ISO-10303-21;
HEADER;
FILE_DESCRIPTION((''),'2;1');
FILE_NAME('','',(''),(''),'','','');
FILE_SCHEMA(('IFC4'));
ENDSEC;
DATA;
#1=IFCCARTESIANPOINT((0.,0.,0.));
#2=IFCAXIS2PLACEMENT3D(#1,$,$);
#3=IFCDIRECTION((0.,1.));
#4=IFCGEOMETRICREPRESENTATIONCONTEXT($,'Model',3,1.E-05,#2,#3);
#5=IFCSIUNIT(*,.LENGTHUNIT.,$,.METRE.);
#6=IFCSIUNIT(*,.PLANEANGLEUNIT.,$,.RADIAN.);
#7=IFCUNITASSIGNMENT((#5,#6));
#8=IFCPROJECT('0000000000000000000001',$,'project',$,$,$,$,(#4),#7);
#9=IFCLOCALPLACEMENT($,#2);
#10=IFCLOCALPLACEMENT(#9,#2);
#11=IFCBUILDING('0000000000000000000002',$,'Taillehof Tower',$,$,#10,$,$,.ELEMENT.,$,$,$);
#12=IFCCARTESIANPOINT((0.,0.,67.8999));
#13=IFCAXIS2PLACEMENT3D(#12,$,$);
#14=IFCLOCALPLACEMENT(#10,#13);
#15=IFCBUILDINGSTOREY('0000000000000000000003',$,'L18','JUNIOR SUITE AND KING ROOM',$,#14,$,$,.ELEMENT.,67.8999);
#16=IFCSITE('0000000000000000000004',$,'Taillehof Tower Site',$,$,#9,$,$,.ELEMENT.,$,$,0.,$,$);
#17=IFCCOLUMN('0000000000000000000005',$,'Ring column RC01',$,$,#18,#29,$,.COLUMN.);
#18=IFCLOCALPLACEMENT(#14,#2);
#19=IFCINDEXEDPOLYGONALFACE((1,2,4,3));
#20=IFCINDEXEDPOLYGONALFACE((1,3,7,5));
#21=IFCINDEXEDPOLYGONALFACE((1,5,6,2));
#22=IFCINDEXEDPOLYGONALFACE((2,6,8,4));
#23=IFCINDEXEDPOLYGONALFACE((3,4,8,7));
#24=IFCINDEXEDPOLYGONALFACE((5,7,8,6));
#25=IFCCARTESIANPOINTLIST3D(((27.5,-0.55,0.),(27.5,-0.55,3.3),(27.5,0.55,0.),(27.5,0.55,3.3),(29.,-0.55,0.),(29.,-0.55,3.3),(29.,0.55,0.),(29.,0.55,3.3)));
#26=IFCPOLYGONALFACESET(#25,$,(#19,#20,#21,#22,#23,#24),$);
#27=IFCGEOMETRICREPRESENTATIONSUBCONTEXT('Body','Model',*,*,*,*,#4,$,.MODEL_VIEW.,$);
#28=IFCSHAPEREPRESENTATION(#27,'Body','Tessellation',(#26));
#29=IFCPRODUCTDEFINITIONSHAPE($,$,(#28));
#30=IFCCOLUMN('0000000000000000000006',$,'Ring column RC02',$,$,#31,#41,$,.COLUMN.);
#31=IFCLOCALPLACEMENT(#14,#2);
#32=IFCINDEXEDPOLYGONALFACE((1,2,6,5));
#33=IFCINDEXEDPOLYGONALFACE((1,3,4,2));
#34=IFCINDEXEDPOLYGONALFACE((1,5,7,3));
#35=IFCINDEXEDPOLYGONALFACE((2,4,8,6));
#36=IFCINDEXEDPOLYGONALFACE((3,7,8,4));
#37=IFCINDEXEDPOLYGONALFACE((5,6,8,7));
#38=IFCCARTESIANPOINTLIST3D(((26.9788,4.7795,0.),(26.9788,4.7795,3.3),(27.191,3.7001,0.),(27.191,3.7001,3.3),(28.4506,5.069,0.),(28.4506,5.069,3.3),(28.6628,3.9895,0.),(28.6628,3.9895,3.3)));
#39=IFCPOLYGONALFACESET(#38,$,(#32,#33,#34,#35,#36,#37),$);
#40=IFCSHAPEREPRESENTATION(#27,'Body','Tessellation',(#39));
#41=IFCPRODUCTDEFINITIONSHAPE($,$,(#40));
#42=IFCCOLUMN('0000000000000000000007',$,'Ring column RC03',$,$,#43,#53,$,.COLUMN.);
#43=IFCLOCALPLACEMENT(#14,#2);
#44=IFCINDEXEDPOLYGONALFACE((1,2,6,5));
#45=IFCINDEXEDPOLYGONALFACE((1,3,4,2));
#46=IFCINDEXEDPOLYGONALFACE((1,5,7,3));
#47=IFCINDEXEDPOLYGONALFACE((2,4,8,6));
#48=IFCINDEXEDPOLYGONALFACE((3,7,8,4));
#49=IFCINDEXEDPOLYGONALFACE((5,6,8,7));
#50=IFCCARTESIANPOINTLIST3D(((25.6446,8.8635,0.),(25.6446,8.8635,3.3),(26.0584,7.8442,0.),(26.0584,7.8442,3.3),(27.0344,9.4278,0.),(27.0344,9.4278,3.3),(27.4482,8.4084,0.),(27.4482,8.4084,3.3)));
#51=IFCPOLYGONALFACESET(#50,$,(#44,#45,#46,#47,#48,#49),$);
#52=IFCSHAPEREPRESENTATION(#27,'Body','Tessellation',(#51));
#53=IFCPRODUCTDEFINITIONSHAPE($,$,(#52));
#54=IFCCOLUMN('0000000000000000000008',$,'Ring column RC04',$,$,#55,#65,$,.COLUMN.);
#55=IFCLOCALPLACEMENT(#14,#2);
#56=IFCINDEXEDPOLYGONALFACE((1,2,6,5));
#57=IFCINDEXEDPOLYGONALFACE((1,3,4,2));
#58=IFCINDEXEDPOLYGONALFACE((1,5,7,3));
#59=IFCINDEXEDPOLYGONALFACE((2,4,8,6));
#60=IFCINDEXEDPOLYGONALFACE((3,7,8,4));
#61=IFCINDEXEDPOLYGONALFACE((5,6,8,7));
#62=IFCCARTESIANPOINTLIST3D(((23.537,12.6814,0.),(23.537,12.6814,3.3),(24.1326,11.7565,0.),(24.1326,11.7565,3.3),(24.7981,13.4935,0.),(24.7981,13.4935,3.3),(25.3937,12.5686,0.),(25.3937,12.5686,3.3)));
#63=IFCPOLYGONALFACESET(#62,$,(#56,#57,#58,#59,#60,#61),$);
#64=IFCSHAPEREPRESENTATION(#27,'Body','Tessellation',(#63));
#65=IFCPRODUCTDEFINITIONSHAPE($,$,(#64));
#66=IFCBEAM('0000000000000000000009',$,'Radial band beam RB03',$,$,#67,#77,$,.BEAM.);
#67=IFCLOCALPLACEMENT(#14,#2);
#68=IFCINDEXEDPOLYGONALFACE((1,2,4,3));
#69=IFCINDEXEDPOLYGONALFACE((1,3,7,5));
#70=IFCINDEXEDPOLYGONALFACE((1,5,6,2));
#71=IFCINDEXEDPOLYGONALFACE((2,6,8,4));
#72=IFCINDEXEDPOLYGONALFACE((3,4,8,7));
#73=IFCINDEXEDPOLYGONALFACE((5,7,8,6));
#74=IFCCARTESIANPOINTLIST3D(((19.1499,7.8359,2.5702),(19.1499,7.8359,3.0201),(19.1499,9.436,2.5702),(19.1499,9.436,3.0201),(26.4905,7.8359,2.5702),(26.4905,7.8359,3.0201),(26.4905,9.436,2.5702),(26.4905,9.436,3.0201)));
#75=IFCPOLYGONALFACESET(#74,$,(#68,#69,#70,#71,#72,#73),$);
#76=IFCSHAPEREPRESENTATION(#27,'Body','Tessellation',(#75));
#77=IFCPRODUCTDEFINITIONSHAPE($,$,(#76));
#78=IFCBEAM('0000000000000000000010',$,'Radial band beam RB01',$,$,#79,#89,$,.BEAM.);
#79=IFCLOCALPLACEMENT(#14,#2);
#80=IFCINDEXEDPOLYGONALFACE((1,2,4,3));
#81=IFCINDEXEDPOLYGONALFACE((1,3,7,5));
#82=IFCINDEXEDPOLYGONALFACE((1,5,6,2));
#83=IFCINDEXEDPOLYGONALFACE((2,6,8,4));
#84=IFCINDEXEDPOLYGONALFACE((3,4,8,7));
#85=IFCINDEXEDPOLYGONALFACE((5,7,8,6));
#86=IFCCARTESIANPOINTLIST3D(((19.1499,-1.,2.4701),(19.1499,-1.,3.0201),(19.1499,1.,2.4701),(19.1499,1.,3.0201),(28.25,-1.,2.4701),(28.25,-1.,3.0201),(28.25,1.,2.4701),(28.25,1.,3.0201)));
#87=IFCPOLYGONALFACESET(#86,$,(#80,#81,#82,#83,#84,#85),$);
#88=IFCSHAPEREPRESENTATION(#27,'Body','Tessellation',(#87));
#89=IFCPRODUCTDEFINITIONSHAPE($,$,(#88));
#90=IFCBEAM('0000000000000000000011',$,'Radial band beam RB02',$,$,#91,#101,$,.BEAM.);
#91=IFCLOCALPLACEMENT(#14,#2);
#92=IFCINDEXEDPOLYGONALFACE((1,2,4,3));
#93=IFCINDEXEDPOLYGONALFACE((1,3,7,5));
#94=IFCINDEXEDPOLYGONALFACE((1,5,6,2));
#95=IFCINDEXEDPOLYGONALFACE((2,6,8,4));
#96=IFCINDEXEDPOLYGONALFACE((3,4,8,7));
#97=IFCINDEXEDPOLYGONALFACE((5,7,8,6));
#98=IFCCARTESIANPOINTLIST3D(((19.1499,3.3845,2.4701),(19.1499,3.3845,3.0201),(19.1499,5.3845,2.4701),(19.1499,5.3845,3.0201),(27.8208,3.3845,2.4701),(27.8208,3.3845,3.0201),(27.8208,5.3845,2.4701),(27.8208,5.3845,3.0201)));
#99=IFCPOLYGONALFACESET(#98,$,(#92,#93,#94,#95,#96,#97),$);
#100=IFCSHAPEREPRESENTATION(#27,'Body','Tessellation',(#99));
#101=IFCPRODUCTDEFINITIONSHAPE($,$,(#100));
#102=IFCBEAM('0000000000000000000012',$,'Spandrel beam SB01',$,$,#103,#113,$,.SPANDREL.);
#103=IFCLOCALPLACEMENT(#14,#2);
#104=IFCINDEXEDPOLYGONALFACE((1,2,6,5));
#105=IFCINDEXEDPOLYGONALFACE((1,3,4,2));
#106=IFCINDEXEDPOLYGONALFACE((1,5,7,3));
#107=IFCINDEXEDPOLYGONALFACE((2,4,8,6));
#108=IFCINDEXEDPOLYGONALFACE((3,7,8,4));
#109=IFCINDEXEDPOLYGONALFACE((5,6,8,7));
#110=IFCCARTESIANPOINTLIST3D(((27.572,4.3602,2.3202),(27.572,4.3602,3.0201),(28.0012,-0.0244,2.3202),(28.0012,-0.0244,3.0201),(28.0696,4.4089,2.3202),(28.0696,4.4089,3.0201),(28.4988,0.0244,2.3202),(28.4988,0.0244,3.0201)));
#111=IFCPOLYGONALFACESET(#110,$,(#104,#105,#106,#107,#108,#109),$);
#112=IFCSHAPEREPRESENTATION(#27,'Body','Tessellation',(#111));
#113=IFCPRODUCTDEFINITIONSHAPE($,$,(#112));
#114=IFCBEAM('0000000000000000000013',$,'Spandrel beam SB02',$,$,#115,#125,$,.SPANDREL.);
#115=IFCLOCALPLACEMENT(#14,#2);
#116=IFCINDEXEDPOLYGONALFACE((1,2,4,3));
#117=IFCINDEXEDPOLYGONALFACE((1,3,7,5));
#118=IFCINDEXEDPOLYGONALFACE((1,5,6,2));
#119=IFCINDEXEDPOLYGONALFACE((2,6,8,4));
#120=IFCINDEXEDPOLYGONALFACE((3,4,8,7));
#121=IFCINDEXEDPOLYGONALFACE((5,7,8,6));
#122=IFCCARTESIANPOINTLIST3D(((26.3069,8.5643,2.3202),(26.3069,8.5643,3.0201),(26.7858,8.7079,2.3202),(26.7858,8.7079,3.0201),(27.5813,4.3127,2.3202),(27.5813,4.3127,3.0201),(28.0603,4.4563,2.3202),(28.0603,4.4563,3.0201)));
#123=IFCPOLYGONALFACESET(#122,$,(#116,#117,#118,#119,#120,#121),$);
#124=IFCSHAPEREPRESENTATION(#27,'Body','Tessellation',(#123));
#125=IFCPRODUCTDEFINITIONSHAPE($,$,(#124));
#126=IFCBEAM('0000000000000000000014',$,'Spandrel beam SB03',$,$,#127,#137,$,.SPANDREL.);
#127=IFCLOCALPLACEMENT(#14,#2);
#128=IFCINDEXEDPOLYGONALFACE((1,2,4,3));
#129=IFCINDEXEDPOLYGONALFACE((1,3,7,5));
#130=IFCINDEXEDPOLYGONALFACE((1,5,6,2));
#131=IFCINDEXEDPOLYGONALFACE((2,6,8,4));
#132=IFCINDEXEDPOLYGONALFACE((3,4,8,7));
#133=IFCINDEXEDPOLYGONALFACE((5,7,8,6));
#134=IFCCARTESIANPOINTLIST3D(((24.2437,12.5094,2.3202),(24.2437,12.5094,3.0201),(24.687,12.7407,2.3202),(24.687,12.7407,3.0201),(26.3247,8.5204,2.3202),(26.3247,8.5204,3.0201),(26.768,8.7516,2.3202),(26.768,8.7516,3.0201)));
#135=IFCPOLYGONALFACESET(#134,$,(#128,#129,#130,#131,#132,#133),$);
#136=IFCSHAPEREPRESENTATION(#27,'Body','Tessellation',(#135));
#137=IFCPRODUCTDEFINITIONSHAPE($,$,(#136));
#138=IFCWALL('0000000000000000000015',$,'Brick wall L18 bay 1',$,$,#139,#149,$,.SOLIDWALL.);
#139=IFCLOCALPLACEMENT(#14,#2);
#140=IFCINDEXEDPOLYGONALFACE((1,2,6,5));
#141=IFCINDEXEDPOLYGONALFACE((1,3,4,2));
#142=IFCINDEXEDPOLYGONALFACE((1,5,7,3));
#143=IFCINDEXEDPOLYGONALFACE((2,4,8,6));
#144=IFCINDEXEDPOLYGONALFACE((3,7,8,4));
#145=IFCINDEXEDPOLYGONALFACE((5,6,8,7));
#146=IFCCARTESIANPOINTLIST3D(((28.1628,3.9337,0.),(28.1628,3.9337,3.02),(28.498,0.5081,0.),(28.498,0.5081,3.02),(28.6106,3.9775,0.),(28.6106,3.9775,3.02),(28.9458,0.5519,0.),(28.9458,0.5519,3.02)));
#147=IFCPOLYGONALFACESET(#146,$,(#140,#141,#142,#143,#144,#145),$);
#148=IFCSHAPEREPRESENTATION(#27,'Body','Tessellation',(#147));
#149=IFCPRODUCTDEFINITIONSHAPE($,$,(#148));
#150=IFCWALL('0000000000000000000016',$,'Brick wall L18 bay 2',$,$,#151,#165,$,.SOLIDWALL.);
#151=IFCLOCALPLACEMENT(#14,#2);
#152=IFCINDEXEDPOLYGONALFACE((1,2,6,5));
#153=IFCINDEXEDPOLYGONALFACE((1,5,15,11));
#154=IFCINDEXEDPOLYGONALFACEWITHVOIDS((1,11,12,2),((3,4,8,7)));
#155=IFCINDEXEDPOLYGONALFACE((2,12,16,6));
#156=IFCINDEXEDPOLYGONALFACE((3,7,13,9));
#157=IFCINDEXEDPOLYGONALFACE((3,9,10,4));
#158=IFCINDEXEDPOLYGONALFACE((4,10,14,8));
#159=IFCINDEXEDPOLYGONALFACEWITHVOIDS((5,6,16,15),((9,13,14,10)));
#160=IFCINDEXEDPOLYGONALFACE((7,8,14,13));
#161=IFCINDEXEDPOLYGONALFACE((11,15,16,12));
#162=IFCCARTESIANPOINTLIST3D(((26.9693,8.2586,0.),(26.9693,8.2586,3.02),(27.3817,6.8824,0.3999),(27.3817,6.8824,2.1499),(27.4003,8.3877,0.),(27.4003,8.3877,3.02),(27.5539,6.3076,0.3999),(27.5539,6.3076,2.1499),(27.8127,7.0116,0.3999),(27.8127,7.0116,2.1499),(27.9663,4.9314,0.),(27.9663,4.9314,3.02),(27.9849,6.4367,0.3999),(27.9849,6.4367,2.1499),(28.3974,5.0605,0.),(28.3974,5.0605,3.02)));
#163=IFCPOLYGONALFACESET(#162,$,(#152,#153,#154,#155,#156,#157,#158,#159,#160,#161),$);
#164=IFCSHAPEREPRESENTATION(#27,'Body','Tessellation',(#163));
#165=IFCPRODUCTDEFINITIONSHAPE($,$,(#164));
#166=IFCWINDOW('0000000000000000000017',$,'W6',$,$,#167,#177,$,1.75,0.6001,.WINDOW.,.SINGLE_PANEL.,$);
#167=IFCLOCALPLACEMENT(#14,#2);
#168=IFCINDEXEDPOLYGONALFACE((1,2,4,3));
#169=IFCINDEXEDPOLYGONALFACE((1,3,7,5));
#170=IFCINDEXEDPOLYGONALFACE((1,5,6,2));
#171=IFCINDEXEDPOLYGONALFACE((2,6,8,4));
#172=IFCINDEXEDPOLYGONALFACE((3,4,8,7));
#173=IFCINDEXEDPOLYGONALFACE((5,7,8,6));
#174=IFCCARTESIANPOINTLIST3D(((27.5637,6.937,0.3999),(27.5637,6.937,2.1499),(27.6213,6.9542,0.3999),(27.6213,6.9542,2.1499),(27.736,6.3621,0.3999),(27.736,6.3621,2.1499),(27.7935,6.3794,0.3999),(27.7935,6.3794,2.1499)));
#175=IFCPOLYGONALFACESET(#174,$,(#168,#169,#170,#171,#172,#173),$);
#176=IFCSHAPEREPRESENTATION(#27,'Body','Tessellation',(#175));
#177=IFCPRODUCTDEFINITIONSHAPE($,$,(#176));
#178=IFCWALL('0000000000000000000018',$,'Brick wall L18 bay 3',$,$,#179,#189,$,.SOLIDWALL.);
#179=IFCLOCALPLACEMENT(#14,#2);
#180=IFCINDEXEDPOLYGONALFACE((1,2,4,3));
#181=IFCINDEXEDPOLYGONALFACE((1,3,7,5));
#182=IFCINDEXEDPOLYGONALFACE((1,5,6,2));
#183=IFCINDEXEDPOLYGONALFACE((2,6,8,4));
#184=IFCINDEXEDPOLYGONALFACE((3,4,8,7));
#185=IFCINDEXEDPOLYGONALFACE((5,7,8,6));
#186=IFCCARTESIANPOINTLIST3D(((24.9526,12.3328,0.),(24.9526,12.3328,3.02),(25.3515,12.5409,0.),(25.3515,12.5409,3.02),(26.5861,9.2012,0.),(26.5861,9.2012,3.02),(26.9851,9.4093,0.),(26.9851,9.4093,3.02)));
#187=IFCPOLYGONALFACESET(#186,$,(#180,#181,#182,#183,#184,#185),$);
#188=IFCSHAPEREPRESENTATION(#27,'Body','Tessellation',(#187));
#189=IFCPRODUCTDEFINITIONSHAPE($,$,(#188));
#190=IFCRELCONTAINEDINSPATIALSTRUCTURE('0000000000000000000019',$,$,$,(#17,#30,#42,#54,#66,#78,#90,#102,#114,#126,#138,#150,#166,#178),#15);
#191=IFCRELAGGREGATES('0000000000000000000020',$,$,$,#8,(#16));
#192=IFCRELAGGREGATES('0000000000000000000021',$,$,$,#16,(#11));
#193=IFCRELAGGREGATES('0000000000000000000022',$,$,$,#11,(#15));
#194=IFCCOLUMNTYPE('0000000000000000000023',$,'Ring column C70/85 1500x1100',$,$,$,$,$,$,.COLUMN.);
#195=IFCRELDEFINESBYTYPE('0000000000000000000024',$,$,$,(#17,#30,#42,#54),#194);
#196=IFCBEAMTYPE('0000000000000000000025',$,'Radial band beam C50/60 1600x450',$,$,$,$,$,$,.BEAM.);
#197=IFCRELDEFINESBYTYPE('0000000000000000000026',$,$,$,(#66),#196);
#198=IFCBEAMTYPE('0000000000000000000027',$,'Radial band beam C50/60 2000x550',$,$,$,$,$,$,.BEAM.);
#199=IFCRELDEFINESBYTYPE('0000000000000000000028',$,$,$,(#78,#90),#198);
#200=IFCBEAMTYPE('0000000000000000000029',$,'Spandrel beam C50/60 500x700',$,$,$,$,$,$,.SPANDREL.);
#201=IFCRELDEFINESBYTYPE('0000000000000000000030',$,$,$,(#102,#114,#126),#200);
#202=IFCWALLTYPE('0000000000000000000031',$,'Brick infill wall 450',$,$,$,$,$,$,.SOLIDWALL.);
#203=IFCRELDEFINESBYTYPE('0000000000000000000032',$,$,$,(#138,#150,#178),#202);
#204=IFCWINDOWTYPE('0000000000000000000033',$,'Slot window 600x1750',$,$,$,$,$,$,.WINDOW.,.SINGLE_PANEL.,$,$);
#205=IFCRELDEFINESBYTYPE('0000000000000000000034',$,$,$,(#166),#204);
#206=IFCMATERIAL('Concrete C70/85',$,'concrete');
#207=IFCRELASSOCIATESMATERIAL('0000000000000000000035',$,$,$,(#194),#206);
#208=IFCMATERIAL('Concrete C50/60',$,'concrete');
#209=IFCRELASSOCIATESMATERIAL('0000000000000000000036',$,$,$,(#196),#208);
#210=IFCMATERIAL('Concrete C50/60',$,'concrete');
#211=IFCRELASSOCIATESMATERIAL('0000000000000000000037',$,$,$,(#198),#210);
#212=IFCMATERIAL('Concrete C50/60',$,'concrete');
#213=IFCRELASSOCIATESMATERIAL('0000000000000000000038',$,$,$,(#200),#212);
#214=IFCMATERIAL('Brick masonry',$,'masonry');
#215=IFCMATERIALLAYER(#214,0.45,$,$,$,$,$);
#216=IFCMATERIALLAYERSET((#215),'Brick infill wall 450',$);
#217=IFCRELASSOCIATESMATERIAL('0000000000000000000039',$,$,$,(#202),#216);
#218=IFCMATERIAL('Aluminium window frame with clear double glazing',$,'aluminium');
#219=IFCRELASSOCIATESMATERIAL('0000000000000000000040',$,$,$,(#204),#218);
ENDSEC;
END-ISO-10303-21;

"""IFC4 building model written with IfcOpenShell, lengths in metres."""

from ifc_helpers import new_model, si_unit, direction, frame, frame_2d, origin, origin_2d, place, context, subcontext, project, spatial, rectangle, extrude, material, layer, layer_set, material_profile, profile_set, type_object, element, fill, save


model = new_model("IFC4")

# Units and contexts
model_context = context("Model", 3, precision=1e-05, world=origin(), true_north=direction((0.0, 1.0)))
body_context = subcontext(model_context, "Body", "Model", "MODEL_VIEW")
ifc_project = project(units=[si_unit("LENGTHUNIT", "METRE"), si_unit("PLANEANGLEUNIT", "RADIAN")], contexts=[model_context])

# Site, building, storey
site_placement = place(None, origin())
site = spatial("IfcSite", under=ifc_project, at=site_placement, Name="Taillehof Tower Site", CompositionType="ELEMENT", RefElevation=0.0)
building_placement = place(site_placement, origin())
building = spatial("IfcBuilding", under=site, at=building_placement, Name="Taillehof Tower", CompositionType="ELEMENT")
storey_placement = place(building_placement, frame((0.0, 0.0, 67.8999)))
storey = spatial("IfcBuildingStorey", under=building, at=storey_placement, Name="L18", Description="JUNIOR SUITE AND KING ROOM", CompositionType="ELEMENT", Elevation=67.8999)

# Columns
ifc_material_1 = material(Name="Concrete C70/85", Category="concrete")
ifc_material_profile_1 = material_profile(ifc_material_1, rectangle(XDim=1.5, YDim=1.1001, at=origin_2d()), Name="RC 1500x1100")
ifc_profile_set_1 = profile_set([ifc_material_profile_1], Name="Concrete C70/85")
column_type = type_object("IfcColumnType", Name="Ring column C70/85 1500x1100", PredefinedType="COLUMN", material=ifc_profile_set_1)
for number, where, z_axis, x_axis, name in (
    (1, (28.25, 0.0, 0.0), (0.0, 0.0, 1.0), (1.0, 0.0, 0.0), "Ring column RC01"),
    (2, (27.8208, 4.3845, 0.0), (0.0, 0.0, 1.0), (0.981204, 0.192976, 0.0), "Ring column RC02"),
    (3, (26.5464, 8.636, 0.0), (0.0, 0.0, 1.0), (0.926558, 0.376152, 0.0), "Ring column RC03"),
    (4, (24.4653, 12.625, 0.0), (0.0, 0.0, 1.0), (0.840754, 0.541418, 0.0), "Ring column RC04"),
):
    element("IfcColumn", number, at=place(storey_placement, frame(where, z_axis=z_axis, x_axis=x_axis)), inside=storey, type_object=column_type, Name=name, PredefinedType="COLUMN", context=body_context, shape_type="SweptSolid", body=[
        extrude(rectangle(XDim=1.5, YDim=1.1001, at=origin_2d()), origin(), (0.0, 0.0, 1.0), 3.3),
    ])

# Beams
ifc_material_2 = material(Name="Concrete C50/60", Category="concrete")
ifc_material_profile_2 = material_profile(ifc_material_2, rectangle(XDim=1.6001, YDim=0.45, at=origin_2d()), Name="RC 1600x450")
ifc_profile_set_2 = profile_set([ifc_material_profile_2], Name="Concrete C50/60")
beam_type_1 = type_object("IfcBeamType", Name="Radial band beam C50/60 1600x450", PredefinedType="BEAM", material=ifc_profile_set_2)
beam_1_placement = place(storey_placement, frame((26.4905, 8.636, 2.7952), z_axis=(-1.0, 0.0, 0.0), x_axis=(0.0, -1.0, 0.0)))
element("IfcBeam", 5, at=beam_1_placement, inside=storey, type_object=beam_type_1, Name="Radial band beam RB03", PredefinedType="BEAM", context=body_context, shape_type="SweptSolid", body=[
    extrude(rectangle(XDim=1.6001, YDim=0.45, at=origin_2d()), origin(), (0.0, 0.0, 1.0), 7.3406),
])
ifc_material_3 = material(Name="Concrete C50/60", Category="concrete")
ifc_material_profile_3 = material_profile(ifc_material_3, rectangle(XDim=2.0, YDim=0.55, at=origin_2d()), Name="RC 2000x550")
ifc_profile_set_3 = profile_set([ifc_material_profile_3], Name="Concrete C50/60")
beam_type_2 = type_object("IfcBeamType", Name="Radial band beam C50/60 2000x550", PredefinedType="BEAM", material=ifc_profile_set_3)
beam_2_placement = place(storey_placement, frame((28.25, 0.0, 2.7451), z_axis=(-1.0, 0.0, 0.0), x_axis=(0.0, -1.0, 0.0)))
element("IfcBeam", 6, at=beam_2_placement, inside=storey, type_object=beam_type_2, Name="Radial band beam RB01", PredefinedType="BEAM", context=body_context, shape_type="SweptSolid", body=[
    extrude(rectangle(XDim=2.0, YDim=0.55, at=origin_2d()), origin(), (0.0, 0.0, 1.0), 9.1001),
])
beam_3_placement = place(storey_placement, frame((27.8208, 4.3845, 2.7451), z_axis=(-1.0, 0.0, 0.0), x_axis=(0.0, -1.0, 0.0)))
element("IfcBeam", 7, at=beam_3_placement, inside=storey, type_object=beam_type_2, Name="Radial band beam RB02", PredefinedType="BEAM", context=body_context, shape_type="SweptSolid", body=[
    extrude(rectangle(XDim=2.0, YDim=0.55, at=origin_2d()), origin(), (0.0, 0.0, 1.0), 8.6709),
])
ifc_material_4 = material(Name="Concrete C50/60", Category="concrete")
ifc_material_profile_4 = material_profile(ifc_material_4, rectangle(XDim=0.5, YDim=0.7, at=origin_2d()), Name="RC 500x700")
ifc_profile_set_4 = profile_set([ifc_material_profile_4], Name="Concrete C50/60")
beam_type_3 = type_object("IfcBeamType", Name="Spandrel beam C50/60 500x700", PredefinedType="SPANDREL", material=ifc_profile_set_4)
beam_4_placement = place(storey_placement, frame((28.25, 0.0, 2.6702), z_axis=(-0.097424, 0.995243, 0.0), x_axis=(-0.995243, -0.097424, 0.0)))
element("IfcBeam", 8, at=beam_4_placement, inside=storey, type_object=beam_type_3, Name="Spandrel beam SB01", PredefinedType="SPANDREL", context=body_context, shape_type="SweptSolid", body=[
    extrude(rectangle(XDim=0.5, YDim=0.7, at=origin_2d()), origin(), (0.0, 0.0, 1.0), 4.4055),
])
beam_5_placement = place(storey_placement, frame((27.8208, 4.3845, 2.6702), z_axis=(-0.287136, 0.95789, 0.0), x_axis=(-0.95789, -0.287136, 0.0)))
element("IfcBeam", 9, at=beam_5_placement, inside=storey, type_object=beam_type_3, Name="Spandrel beam SB02", PredefinedType="SPANDREL", context=body_context, shape_type="SweptSolid", body=[
    extrude(rectangle(XDim=0.5, YDim=0.7, at=origin_2d()), origin(), (0.0, 0.0, 1.0), 4.4385),
])
beam_6_placement = place(storey_placement, frame((26.5464, 8.636, 2.6702), z_axis=(-0.462536, 0.8866, 0.0), x_axis=(-0.8866, -0.462536, 0.0)))
element("IfcBeam", 10, at=beam_6_placement, inside=storey, type_object=beam_type_3, Name="Spandrel beam SB03", PredefinedType="SPANDREL", context=body_context, shape_type="SweptSolid", body=[
    extrude(rectangle(XDim=0.5, YDim=0.7, at=origin_2d()), origin(), (0.0, 0.0, 1.0), 4.4993),
])

# Wall
ifc_material_5 = material(Name="Brick masonry", Category="masonry")
ifc_layer_1 = layer(ifc_material_5, 0.45)
ifc_layer_set_1 = layer_set([ifc_layer_1], Name="Brick infill wall 450")
wall_type_1 = type_object("IfcWallType", Name="Brick infill wall 450", PredefinedType="SOLIDWALL", material=ifc_layer_set_1)
wall_1_placement = place(storey_placement, frame((28.7219, 0.53, 0.0), z_axis=(0.0, 0.0, 1.0), x_axis=(-0.09739, 0.995246, 0.0)))
element("IfcWall", 11, at=wall_1_placement, inside=storey, type_object=wall_type_1, Name="Brick wall L18 bay 1", PredefinedType="SOLIDWALL", context=body_context, shape_type="SweptSolid", body=[
    extrude(rectangle(XDim=3.4419, YDim=0.45, at=frame_2d((1.7209, 0.0))), origin(), (0.0, 0.0, 1.0), 3.02),
])

# Wall, opening, window
wall_2_placement = place(storey_placement, frame((28.1819, 4.9958, 0.0), z_axis=(0.0, 0.0, 1.0), x_axis=(-0.287064, 0.957911, 0.0)))
wall_2 = element("IfcWall", 12, at=wall_2_placement, inside=storey, type_object=wall_type_1, Name="Brick wall L18 bay 2", PredefinedType="SOLIDWALL", context=body_context, shape_type="SweptSolid", body=[
    extrude(rectangle(XDim=3.4734, YDim=0.45, at=frame_2d((1.7368, 0.0))), origin(), (0.0, 0.0, 1.0), 3.02),
])
opening_1_placement = place(wall_2_placement, frame((1.4368, 0.0, 0.3999)))
opening_1 = element("IfcOpeningElement", 13, at=opening_1_placement, cuts=wall_2, PredefinedType="OPENING", context=body_context, shape_type="SweptSolid", body=[
    extrude(rectangle(XDim=0.6001, YDim=1.75, at=frame_2d((0.3, 0.875))), frame((0.0, 0.2349, 0.0), z_axis=(0.0, -1.0, 0.0), x_axis=(1.0, 0.0, 0.0)), (0.0, 0.0, 1.0), 0.47),
])
ifc_material_6 = material(Name="Aluminium window frame with clear double glazing", Category="aluminium")
window_type = type_object("IfcWindowType", Name="Slot window 600x1750", PartitioningType="SINGLE_PANEL", PredefinedType="WINDOW", material=ifc_material_6)
window_placement = place(opening_1_placement, origin())
window = element("IfcWindow", 14, at=window_placement, inside=storey, type_object=window_type, Name="W6", OverallHeight=1.75, OverallWidth=0.6001, PartitioningType="SINGLE_PANEL", PredefinedType="WINDOW", context=body_context, shape_type="SweptSolid", body=[
    extrude(rectangle(XDim=0.6001, YDim=1.75, at=frame_2d((0.3, 0.875))), frame((0.0, 0.0349, 0.0), z_axis=(0.0, -1.0, 0.0), x_axis=(1.0, 0.0, 0.0)), (0.0, 0.0, 1.0), 0.0601),
])
fill(opening_1, window)

# Wall
wall_3_placement = place(storey_placement, frame((26.7856, 9.3052, 0.0), z_axis=(0.0, 0.0, 1.0), x_axis=(-0.462493, 0.886623, 0.0)))
element("IfcWall", 15, at=wall_3_placement, inside=storey, type_object=wall_type_1, Name="Brick wall L18 bay 3", PredefinedType="SOLIDWALL", context=body_context, shape_type="SweptSolid", body=[
    extrude(rectangle(XDim=3.532, YDim=0.45, at=frame_2d((1.7661, 0.0))), origin(), (0.0, 0.0, 1.0), 3.02),
])

save(model, "model.ifc")
